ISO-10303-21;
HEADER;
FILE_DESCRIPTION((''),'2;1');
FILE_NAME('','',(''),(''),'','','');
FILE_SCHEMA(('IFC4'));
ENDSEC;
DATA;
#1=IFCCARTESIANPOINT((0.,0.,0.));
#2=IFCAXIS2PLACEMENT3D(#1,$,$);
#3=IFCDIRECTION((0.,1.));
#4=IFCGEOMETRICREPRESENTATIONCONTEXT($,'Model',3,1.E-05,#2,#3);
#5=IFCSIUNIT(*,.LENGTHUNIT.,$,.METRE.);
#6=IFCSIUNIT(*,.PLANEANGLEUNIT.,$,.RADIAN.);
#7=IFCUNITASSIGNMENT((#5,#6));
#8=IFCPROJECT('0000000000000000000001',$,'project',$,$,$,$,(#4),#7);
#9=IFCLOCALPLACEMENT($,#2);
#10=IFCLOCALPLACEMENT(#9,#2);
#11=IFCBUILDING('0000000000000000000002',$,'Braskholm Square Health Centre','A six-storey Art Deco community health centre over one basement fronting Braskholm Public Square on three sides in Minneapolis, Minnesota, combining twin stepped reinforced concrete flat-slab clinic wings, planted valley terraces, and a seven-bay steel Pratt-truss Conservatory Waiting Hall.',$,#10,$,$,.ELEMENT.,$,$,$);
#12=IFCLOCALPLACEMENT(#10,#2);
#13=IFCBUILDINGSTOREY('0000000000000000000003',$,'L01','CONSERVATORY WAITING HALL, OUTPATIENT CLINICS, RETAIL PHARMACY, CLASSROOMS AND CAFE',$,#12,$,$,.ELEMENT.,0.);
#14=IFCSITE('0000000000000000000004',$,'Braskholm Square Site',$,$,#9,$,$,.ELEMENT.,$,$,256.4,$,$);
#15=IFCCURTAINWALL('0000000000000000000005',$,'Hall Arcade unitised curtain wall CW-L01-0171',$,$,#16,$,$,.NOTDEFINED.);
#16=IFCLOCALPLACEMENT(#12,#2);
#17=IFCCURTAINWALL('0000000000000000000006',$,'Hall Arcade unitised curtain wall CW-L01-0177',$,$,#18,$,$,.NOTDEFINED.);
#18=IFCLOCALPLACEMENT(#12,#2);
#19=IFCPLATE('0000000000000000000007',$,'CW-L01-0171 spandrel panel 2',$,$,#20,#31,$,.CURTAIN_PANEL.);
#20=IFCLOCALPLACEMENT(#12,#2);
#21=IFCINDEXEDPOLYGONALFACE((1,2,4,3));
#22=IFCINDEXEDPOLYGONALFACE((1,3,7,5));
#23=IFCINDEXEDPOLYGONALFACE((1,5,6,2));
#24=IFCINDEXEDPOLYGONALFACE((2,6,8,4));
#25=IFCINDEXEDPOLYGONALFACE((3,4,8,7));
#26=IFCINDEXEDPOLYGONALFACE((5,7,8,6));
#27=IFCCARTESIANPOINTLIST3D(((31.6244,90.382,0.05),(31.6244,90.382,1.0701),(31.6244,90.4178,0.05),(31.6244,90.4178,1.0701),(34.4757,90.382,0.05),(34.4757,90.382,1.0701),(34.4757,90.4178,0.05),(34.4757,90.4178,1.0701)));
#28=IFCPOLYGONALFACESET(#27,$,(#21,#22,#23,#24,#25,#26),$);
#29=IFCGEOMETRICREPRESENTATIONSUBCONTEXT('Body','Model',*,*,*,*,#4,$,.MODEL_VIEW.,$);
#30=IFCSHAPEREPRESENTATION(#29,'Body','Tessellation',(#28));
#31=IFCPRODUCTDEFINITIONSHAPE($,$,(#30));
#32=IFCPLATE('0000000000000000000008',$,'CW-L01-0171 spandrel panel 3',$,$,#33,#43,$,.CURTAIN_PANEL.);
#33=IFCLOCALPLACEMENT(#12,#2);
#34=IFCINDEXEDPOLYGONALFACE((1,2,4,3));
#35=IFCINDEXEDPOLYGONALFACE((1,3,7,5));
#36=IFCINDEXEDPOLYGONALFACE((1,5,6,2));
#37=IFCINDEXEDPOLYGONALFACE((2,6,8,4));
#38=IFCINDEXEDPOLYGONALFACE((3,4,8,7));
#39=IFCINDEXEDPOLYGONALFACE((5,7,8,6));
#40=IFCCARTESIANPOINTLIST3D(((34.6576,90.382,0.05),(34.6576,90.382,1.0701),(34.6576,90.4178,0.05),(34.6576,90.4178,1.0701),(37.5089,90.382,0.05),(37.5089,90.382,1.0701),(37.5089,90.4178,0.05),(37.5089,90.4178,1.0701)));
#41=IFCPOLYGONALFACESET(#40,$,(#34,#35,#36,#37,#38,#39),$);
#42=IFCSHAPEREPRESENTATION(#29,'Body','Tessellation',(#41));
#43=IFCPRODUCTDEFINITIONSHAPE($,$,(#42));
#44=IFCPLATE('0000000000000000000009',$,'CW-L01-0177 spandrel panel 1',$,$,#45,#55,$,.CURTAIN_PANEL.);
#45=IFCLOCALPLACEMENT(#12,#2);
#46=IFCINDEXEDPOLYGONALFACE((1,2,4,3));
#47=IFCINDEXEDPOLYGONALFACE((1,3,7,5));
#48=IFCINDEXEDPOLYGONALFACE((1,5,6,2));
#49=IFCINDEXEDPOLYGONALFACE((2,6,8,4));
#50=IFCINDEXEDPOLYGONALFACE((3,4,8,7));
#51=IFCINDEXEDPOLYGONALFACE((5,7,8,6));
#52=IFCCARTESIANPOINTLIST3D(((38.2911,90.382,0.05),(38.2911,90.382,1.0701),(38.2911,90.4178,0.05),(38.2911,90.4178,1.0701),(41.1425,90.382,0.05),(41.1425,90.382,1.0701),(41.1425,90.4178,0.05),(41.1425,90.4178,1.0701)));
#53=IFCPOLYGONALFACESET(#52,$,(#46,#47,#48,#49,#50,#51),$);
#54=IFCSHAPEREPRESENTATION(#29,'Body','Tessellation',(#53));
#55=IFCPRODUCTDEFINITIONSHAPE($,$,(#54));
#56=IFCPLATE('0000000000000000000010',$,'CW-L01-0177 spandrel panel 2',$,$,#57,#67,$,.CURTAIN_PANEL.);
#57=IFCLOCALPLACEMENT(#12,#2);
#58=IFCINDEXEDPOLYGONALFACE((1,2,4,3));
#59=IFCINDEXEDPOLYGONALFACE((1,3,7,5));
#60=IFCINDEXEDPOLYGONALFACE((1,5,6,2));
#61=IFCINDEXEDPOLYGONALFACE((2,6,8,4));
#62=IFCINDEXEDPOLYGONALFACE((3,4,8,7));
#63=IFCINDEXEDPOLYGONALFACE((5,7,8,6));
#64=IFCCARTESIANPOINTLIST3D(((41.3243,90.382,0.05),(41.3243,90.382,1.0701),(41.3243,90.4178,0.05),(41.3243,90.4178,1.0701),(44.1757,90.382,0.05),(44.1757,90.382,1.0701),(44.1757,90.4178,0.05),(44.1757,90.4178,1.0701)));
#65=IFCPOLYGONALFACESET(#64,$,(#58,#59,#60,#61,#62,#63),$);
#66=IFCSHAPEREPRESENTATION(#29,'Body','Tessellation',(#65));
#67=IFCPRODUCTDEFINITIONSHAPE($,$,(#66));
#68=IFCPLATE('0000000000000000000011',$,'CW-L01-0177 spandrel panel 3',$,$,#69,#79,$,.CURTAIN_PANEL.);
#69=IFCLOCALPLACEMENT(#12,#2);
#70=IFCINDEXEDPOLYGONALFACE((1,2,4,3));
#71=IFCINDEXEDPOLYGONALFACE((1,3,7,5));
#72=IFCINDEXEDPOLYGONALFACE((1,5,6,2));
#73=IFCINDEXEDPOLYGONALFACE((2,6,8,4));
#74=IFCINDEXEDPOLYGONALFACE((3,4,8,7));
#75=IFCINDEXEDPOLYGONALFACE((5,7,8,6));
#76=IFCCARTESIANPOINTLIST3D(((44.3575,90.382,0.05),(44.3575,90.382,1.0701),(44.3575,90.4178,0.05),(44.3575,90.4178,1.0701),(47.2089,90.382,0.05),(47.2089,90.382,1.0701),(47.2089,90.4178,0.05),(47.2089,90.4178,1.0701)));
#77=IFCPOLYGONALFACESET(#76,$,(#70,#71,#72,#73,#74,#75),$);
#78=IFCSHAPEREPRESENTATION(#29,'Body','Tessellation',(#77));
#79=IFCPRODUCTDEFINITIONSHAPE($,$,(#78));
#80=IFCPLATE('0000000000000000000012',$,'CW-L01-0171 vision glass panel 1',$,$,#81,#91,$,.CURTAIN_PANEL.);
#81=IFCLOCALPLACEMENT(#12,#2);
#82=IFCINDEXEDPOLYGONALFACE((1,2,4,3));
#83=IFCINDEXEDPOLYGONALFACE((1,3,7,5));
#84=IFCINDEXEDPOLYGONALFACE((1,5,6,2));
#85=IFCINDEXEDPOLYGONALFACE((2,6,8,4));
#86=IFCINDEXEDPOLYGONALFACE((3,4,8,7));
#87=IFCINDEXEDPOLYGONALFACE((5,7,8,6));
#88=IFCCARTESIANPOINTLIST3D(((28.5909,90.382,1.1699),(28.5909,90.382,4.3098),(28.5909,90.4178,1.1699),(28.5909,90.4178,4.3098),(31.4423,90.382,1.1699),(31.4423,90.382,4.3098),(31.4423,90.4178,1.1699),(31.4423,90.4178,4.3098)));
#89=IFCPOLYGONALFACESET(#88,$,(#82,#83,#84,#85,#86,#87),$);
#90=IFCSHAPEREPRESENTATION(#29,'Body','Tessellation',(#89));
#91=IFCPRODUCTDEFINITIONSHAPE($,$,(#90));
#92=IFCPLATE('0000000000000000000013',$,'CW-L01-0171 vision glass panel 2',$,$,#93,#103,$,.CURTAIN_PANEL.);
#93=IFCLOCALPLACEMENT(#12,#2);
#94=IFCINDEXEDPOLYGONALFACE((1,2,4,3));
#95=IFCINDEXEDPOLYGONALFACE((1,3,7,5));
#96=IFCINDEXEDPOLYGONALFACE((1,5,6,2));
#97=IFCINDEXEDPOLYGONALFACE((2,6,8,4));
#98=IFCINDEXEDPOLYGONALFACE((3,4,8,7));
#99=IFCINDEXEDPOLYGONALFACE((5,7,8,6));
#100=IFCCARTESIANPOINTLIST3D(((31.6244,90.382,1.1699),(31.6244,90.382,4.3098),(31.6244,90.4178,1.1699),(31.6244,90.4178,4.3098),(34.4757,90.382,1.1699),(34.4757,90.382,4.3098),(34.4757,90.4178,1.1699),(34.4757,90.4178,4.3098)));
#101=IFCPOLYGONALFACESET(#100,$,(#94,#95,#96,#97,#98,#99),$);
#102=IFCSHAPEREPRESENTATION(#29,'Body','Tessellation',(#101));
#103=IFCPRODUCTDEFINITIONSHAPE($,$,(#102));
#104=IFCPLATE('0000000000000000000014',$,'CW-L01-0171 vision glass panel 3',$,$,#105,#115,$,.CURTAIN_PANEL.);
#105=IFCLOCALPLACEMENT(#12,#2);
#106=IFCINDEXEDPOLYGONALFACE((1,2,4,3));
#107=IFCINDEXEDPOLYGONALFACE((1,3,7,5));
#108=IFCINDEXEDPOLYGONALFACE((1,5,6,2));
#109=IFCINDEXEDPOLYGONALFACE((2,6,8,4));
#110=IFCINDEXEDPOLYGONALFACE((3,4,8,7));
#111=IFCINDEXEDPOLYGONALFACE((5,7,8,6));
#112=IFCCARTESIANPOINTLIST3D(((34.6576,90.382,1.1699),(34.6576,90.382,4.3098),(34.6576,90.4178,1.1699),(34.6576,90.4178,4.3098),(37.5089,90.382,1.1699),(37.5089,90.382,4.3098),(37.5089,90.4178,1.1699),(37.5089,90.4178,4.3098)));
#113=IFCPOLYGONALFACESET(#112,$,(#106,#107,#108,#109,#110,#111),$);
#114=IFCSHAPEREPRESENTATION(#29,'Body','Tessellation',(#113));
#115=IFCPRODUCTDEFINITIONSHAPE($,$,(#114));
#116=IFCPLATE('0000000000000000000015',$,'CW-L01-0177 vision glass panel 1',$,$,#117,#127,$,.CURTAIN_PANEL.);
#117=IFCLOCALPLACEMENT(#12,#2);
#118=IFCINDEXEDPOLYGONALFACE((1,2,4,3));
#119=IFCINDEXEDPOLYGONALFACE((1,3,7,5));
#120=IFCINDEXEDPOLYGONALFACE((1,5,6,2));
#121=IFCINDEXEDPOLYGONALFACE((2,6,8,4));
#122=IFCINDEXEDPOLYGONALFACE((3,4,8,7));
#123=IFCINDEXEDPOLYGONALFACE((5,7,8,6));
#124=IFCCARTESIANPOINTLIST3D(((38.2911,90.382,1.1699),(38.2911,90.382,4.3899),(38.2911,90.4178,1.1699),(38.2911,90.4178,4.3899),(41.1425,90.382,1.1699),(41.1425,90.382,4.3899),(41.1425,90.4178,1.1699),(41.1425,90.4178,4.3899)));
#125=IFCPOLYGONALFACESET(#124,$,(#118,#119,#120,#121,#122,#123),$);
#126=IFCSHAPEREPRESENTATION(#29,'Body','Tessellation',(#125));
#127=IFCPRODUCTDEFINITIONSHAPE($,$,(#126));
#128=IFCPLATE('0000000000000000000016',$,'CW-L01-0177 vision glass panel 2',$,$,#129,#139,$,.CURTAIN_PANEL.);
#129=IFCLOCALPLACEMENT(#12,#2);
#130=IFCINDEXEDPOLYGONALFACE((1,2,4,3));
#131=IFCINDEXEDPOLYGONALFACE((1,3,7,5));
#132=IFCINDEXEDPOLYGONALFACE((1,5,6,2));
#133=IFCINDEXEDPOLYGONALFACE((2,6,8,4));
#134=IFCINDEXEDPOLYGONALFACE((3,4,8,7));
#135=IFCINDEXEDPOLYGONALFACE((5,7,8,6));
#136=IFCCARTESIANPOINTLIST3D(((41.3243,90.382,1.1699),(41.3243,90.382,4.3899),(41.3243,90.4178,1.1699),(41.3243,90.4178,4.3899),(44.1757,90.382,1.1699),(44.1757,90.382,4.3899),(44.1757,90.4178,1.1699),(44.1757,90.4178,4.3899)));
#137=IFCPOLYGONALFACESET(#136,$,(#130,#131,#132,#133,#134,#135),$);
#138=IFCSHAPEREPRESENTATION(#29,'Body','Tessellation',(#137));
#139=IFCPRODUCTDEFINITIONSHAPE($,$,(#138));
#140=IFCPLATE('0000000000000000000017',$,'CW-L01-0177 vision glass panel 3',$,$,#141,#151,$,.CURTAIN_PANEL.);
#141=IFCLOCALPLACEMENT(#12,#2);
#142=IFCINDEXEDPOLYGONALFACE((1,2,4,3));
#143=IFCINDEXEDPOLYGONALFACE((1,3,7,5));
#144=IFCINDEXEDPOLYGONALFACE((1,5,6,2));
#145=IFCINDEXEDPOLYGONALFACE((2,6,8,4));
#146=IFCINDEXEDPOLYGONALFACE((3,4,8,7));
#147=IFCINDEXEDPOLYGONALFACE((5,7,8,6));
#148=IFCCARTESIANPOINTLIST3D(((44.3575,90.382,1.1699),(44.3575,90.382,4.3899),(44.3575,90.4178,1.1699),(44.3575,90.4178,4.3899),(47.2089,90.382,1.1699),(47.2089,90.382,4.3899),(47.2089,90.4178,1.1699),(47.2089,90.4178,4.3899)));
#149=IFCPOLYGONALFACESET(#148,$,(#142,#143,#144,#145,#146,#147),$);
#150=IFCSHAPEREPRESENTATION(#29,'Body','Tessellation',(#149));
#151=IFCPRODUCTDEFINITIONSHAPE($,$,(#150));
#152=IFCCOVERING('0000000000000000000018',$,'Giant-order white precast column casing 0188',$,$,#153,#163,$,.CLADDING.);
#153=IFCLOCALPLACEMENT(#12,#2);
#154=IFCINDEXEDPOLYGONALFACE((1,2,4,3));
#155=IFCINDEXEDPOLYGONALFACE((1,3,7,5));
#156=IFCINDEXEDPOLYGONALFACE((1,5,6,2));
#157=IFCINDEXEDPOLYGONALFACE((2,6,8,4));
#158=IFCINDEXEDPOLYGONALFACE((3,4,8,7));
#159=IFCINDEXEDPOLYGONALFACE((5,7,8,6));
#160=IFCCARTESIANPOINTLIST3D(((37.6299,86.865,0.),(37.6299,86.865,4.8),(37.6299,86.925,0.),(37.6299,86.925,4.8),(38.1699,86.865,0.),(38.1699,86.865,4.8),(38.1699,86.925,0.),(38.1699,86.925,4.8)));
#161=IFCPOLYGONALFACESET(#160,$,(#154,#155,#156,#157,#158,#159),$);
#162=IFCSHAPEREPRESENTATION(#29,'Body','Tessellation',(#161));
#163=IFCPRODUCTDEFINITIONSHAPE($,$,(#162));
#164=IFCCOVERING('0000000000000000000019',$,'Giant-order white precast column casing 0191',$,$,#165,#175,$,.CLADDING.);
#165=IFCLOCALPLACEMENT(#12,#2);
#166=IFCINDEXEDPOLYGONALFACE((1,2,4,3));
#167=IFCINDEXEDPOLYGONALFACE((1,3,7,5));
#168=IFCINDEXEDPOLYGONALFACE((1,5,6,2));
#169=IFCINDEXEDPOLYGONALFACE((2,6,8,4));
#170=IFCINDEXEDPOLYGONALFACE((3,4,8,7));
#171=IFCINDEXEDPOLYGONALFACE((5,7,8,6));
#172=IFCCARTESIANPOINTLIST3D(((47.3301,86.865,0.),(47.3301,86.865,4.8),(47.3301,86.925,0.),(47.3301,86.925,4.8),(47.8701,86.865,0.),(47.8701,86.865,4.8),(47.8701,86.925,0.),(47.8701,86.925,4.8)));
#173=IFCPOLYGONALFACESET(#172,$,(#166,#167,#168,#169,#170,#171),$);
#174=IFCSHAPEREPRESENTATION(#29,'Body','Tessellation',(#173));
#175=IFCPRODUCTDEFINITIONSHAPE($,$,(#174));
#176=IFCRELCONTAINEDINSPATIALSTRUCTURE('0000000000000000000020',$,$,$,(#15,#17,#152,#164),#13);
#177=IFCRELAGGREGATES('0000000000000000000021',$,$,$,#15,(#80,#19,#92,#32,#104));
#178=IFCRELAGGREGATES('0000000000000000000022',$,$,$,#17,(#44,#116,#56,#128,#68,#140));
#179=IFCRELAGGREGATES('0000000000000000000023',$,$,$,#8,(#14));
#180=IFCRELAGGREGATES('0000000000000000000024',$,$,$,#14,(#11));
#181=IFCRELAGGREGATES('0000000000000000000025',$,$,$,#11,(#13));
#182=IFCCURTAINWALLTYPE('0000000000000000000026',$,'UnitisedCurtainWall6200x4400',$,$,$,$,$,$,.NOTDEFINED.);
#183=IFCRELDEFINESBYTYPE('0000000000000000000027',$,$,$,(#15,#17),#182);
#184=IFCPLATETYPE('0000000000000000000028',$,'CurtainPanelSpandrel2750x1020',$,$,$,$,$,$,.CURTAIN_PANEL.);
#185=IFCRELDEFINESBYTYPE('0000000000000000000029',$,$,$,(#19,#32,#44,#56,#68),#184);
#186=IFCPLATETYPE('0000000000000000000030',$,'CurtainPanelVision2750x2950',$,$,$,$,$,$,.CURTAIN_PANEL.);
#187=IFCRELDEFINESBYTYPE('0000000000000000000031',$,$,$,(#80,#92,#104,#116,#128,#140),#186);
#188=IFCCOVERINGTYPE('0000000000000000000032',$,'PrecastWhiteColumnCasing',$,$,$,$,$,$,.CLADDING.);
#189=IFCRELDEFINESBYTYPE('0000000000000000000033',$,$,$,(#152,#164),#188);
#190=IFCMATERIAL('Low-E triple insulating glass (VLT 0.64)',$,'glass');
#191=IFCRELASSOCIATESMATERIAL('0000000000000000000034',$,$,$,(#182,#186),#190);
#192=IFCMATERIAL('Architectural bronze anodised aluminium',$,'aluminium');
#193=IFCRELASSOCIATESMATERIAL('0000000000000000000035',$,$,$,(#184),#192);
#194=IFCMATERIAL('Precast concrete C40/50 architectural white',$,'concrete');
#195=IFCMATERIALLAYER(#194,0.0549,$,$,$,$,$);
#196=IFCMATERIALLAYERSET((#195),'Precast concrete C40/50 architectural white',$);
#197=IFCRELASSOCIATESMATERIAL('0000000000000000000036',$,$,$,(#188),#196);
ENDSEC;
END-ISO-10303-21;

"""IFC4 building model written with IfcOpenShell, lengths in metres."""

from ifc_helpers import new_model, si_unit, direction, frame, origin, origin_2d, place, context, subcontext, project, spatial, rectangle, extrude, material, layer, layer_set, type_object, element, aggregate, save


model = new_model("IFC4")

# Units and contexts
model_context = context("Model", 3, precision=1e-05, world=origin(), true_north=direction((0.0, 1.0)))
body_context = subcontext(model_context, "Body", "Model", "MODEL_VIEW")
ifc_project = project(units=[si_unit("LENGTHUNIT", "METRE"), si_unit("PLANEANGLEUNIT", "RADIAN")], contexts=[model_context])

# Site, building, storey
site_placement = place(None, origin())
site = spatial("IfcSite", under=ifc_project, at=site_placement, Name="Braskholm Square Site", CompositionType="ELEMENT", RefElevation=256.4)
building_placement = place(site_placement, origin())
building = spatial("IfcBuilding", under=site, at=building_placement, Name="Braskholm Square Health Centre", Description="A six-storey Art Deco community health centre over one basement fronting Braskholm Public Square on three sides in Minneapolis, Minnesota, combining twin stepped reinforced concrete flat-slab clinic wings, planted valley terraces, and a seven-bay steel Pratt-truss Conservatory Waiting Hall.", CompositionType="ELEMENT")
storey_placement = place(building_placement, origin())
storey = spatial("IfcBuildingStorey", under=building, at=storey_placement, Name="L01", Description="CONSERVATORY WAITING HALL, OUTPATIENT CLINICS, RETAIL PHARMACY, CLASSROOMS AND CAFE", CompositionType="ELEMENT", Elevation=0.0)

# Shared definitions
ifc_material_1 = material(Name="Precast concrete C40/50 architectural white", Category="concrete")

# Curtain walls
ifc_material_2 = material(Name="Low-E triple insulating glass (VLT 0.64)", Category="glass")
curtain_wall_type = type_object("IfcCurtainWallType", Name="UnitisedCurtainWall6200x4400", PredefinedType="NOTDEFINED", material=ifc_material_2)
curtain_wall_1_placement = place(storey_placement, origin())
curtain_wall_1 = element("IfcCurtainWall", 1, at=curtain_wall_1_placement, inside=storey, type_object=curtain_wall_type, Name="Hall Arcade unitised curtain wall CW-L01-0171", PredefinedType="NOTDEFINED")
ifc_material_3 = material(Name="Architectural bronze anodised aluminium", Category="aluminium")
curtain_wall_2_placement = place(storey_placement, origin())
curtain_wall_2 = element("IfcCurtainWall", 2, at=curtain_wall_2_placement, inside=storey, type_object=curtain_wall_type, Name="Hall Arcade unitised curtain wall CW-L01-0177", PredefinedType="NOTDEFINED")

# Plates
plate_type_1 = type_object("IfcPlateType", Name="CurtainPanelSpandrel2750x1020", PredefinedType="CURTAIN_PANEL", material=ifc_material_3)
plate_1_placement = place(storey_placement, frame((33.05, 90.3999, 0.05), z_axis=(0.0, 0.0, 1.0), x_axis=(1.0, 0.0, 0.0)))
plate_1 = element("IfcPlate", 3, at=plate_1_placement, type_object=plate_type_1, Name="CW-L01-0171 spandrel panel 2", PredefinedType="CURTAIN_PANEL", context=body_context, shape_type="SweptSolid", body=[
    extrude(rectangle(XDim=2.8513, YDim=0.0359, at=origin_2d()), origin(), (0.0, 0.0, 1.0), 1.02),
])
plate_2_placement = place(storey_placement, frame((36.0833, 90.3999, 0.05), z_axis=(0.0, 0.0, 1.0), x_axis=(1.0, 0.0, 0.0)))
plate_2 = element("IfcPlate", 4, at=plate_2_placement, type_object=plate_type_1, Name="CW-L01-0171 spandrel panel 3", PredefinedType="CURTAIN_PANEL", context=body_context, shape_type="SweptSolid", body=[
    extrude(rectangle(XDim=2.8513, YDim=0.0359, at=origin_2d()), origin(), (0.0, 0.0, 1.0), 1.02),
])
plate_3_placement = place(storey_placement, frame((39.7168, 90.3999, 0.05), z_axis=(0.0, 0.0, 1.0), x_axis=(1.0, 0.0, 0.0)))
plate_3 = element("IfcPlate", 5, at=plate_3_placement, type_object=plate_type_1, Name="CW-L01-0177 spandrel panel 1", PredefinedType="CURTAIN_PANEL", context=body_context, shape_type="SweptSolid", body=[
    extrude(rectangle(XDim=2.8513, YDim=0.0359, at=origin_2d()), origin(), (0.0, 0.0, 1.0), 1.02),
])
plate_4_placement = place(storey_placement, frame((42.75, 90.3999, 0.05), z_axis=(0.0, 0.0, 1.0), x_axis=(1.0, 0.0, 0.0)))
plate_4 = element("IfcPlate", 6, at=plate_4_placement, type_object=plate_type_1, Name="CW-L01-0177 spandrel panel 2", PredefinedType="CURTAIN_PANEL", context=body_context, shape_type="SweptSolid", body=[
    extrude(rectangle(XDim=2.8513, YDim=0.0359, at=origin_2d()), origin(), (0.0, 0.0, 1.0), 1.02),
])
plate_5_placement = place(storey_placement, frame((45.7832, 90.3999, 0.05), z_axis=(0.0, 0.0, 1.0), x_axis=(1.0, 0.0, 0.0)))
plate_5 = element("IfcPlate", 7, at=plate_5_placement, type_object=plate_type_1, Name="CW-L01-0177 spandrel panel 3", PredefinedType="CURTAIN_PANEL", context=body_context, shape_type="SweptSolid", body=[
    extrude(rectangle(XDim=2.8513, YDim=0.0359, at=origin_2d()), origin(), (0.0, 0.0, 1.0), 1.02),
])
plate_type_2 = type_object("IfcPlateType", Name="CurtainPanelVision2750x2950", PredefinedType="CURTAIN_PANEL", material=ifc_material_2)
plate_6_placement = place(storey_placement, frame((30.0166, 90.3999, 1.1699), z_axis=(0.0, 0.0, 1.0), x_axis=(1.0, 0.0, 0.0)))
plate_6 = element("IfcPlate", 8, at=plate_6_placement, type_object=plate_type_2, Name="CW-L01-0171 vision glass panel 1", PredefinedType="CURTAIN_PANEL", context=body_context, shape_type="SweptSolid", body=[
    extrude(rectangle(XDim=2.8513, YDim=0.0359, at=origin_2d()), origin(), (0.0, 0.0, 1.0), 3.1399),
])
plate_7_placement = place(storey_placement, frame((33.05, 90.3999, 1.1699), z_axis=(0.0, 0.0, 1.0), x_axis=(1.0, 0.0, 0.0)))
plate_7 = element("IfcPlate", 9, at=plate_7_placement, type_object=plate_type_2, Name="CW-L01-0171 vision glass panel 2", PredefinedType="CURTAIN_PANEL", context=body_context, shape_type="SweptSolid", body=[
    extrude(rectangle(XDim=2.8513, YDim=0.0359, at=origin_2d()), origin(), (0.0, 0.0, 1.0), 3.1399),
])
plate_8_placement = place(storey_placement, frame((36.0833, 90.3999, 1.1699), z_axis=(0.0, 0.0, 1.0), x_axis=(1.0, 0.0, 0.0)))
plate_8 = element("IfcPlate", 10, at=plate_8_placement, type_object=plate_type_2, Name="CW-L01-0171 vision glass panel 3", PredefinedType="CURTAIN_PANEL", context=body_context, shape_type="SweptSolid", body=[
    extrude(rectangle(XDim=2.8513, YDim=0.0359, at=origin_2d()), origin(), (0.0, 0.0, 1.0), 3.1399),
])
aggregate(curtain_wall_1, [plate_6, plate_1, plate_7, plate_2, plate_8])
plate_9_placement = place(storey_placement, frame((39.7168, 90.3999, 1.1699), z_axis=(0.0, 0.0, 1.0), x_axis=(1.0, 0.0, 0.0)))
plate_9 = element("IfcPlate", 11, at=plate_9_placement, type_object=plate_type_2, Name="CW-L01-0177 vision glass panel 1", PredefinedType="CURTAIN_PANEL", context=body_context, shape_type="SweptSolid", body=[
    extrude(rectangle(XDim=2.8513, YDim=0.0359, at=origin_2d()), origin(), (0.0, 0.0, 1.0), 3.22),
])
plate_10_placement = place(storey_placement, frame((42.75, 90.3999, 1.1699), z_axis=(0.0, 0.0, 1.0), x_axis=(1.0, 0.0, 0.0)))
plate_10 = element("IfcPlate", 12, at=plate_10_placement, type_object=plate_type_2, Name="CW-L01-0177 vision glass panel 2", PredefinedType="CURTAIN_PANEL", context=body_context, shape_type="SweptSolid", body=[
    extrude(rectangle(XDim=2.8513, YDim=0.0359, at=origin_2d()), origin(), (0.0, 0.0, 1.0), 3.22),
])
plate_11_placement = place(storey_placement, frame((45.7832, 90.3999, 1.1699), z_axis=(0.0, 0.0, 1.0), x_axis=(1.0, 0.0, 0.0)))
plate_11 = element("IfcPlate", 13, at=plate_11_placement, type_object=plate_type_2, Name="CW-L01-0177 vision glass panel 3", PredefinedType="CURTAIN_PANEL", context=body_context, shape_type="SweptSolid", body=[
    extrude(rectangle(XDim=2.8513, YDim=0.0359, at=origin_2d()), origin(), (0.0, 0.0, 1.0), 3.22),
])
aggregate(curtain_wall_2, [plate_3, plate_9, plate_4, plate_10, plate_5, plate_11])

# Coverings
ifc_layer = layer(ifc_material_1, 0.0549)
ifc_layer_set = layer_set([ifc_layer], Name="Precast concrete C40/50 architectural white")
covering_type = type_object("IfcCoveringType", Name="PrecastWhiteColumnCasing", PredefinedType="CLADDING", material=ifc_layer_set)
for number, where, z_axis, x_axis, name in (
    (14, (37.8999, 86.895, 0.0), (0.0, 0.0, 1.0), (1.0, 0.0, 0.0), "Giant-order white precast column casing 0188"),
    (15, (47.6001, 86.895, 0.0), (0.0, 0.0, 1.0), (1.0, 0.0, 0.0), "Giant-order white precast column casing 0191"),
):
    element("IfcCovering", number, at=place(storey_placement, frame(where, z_axis=z_axis, x_axis=x_axis)), inside=storey, type_object=covering_type, Name=name, PredefinedType="CLADDING", context=body_context, shape_type="SweptSolid", body=[
        extrude(rectangle(XDim=0.54, YDim=0.0601, at=origin_2d()), origin(), (0.0, 0.0, 1.0), 4.8),
    ])

save(model, "model.ifc")
